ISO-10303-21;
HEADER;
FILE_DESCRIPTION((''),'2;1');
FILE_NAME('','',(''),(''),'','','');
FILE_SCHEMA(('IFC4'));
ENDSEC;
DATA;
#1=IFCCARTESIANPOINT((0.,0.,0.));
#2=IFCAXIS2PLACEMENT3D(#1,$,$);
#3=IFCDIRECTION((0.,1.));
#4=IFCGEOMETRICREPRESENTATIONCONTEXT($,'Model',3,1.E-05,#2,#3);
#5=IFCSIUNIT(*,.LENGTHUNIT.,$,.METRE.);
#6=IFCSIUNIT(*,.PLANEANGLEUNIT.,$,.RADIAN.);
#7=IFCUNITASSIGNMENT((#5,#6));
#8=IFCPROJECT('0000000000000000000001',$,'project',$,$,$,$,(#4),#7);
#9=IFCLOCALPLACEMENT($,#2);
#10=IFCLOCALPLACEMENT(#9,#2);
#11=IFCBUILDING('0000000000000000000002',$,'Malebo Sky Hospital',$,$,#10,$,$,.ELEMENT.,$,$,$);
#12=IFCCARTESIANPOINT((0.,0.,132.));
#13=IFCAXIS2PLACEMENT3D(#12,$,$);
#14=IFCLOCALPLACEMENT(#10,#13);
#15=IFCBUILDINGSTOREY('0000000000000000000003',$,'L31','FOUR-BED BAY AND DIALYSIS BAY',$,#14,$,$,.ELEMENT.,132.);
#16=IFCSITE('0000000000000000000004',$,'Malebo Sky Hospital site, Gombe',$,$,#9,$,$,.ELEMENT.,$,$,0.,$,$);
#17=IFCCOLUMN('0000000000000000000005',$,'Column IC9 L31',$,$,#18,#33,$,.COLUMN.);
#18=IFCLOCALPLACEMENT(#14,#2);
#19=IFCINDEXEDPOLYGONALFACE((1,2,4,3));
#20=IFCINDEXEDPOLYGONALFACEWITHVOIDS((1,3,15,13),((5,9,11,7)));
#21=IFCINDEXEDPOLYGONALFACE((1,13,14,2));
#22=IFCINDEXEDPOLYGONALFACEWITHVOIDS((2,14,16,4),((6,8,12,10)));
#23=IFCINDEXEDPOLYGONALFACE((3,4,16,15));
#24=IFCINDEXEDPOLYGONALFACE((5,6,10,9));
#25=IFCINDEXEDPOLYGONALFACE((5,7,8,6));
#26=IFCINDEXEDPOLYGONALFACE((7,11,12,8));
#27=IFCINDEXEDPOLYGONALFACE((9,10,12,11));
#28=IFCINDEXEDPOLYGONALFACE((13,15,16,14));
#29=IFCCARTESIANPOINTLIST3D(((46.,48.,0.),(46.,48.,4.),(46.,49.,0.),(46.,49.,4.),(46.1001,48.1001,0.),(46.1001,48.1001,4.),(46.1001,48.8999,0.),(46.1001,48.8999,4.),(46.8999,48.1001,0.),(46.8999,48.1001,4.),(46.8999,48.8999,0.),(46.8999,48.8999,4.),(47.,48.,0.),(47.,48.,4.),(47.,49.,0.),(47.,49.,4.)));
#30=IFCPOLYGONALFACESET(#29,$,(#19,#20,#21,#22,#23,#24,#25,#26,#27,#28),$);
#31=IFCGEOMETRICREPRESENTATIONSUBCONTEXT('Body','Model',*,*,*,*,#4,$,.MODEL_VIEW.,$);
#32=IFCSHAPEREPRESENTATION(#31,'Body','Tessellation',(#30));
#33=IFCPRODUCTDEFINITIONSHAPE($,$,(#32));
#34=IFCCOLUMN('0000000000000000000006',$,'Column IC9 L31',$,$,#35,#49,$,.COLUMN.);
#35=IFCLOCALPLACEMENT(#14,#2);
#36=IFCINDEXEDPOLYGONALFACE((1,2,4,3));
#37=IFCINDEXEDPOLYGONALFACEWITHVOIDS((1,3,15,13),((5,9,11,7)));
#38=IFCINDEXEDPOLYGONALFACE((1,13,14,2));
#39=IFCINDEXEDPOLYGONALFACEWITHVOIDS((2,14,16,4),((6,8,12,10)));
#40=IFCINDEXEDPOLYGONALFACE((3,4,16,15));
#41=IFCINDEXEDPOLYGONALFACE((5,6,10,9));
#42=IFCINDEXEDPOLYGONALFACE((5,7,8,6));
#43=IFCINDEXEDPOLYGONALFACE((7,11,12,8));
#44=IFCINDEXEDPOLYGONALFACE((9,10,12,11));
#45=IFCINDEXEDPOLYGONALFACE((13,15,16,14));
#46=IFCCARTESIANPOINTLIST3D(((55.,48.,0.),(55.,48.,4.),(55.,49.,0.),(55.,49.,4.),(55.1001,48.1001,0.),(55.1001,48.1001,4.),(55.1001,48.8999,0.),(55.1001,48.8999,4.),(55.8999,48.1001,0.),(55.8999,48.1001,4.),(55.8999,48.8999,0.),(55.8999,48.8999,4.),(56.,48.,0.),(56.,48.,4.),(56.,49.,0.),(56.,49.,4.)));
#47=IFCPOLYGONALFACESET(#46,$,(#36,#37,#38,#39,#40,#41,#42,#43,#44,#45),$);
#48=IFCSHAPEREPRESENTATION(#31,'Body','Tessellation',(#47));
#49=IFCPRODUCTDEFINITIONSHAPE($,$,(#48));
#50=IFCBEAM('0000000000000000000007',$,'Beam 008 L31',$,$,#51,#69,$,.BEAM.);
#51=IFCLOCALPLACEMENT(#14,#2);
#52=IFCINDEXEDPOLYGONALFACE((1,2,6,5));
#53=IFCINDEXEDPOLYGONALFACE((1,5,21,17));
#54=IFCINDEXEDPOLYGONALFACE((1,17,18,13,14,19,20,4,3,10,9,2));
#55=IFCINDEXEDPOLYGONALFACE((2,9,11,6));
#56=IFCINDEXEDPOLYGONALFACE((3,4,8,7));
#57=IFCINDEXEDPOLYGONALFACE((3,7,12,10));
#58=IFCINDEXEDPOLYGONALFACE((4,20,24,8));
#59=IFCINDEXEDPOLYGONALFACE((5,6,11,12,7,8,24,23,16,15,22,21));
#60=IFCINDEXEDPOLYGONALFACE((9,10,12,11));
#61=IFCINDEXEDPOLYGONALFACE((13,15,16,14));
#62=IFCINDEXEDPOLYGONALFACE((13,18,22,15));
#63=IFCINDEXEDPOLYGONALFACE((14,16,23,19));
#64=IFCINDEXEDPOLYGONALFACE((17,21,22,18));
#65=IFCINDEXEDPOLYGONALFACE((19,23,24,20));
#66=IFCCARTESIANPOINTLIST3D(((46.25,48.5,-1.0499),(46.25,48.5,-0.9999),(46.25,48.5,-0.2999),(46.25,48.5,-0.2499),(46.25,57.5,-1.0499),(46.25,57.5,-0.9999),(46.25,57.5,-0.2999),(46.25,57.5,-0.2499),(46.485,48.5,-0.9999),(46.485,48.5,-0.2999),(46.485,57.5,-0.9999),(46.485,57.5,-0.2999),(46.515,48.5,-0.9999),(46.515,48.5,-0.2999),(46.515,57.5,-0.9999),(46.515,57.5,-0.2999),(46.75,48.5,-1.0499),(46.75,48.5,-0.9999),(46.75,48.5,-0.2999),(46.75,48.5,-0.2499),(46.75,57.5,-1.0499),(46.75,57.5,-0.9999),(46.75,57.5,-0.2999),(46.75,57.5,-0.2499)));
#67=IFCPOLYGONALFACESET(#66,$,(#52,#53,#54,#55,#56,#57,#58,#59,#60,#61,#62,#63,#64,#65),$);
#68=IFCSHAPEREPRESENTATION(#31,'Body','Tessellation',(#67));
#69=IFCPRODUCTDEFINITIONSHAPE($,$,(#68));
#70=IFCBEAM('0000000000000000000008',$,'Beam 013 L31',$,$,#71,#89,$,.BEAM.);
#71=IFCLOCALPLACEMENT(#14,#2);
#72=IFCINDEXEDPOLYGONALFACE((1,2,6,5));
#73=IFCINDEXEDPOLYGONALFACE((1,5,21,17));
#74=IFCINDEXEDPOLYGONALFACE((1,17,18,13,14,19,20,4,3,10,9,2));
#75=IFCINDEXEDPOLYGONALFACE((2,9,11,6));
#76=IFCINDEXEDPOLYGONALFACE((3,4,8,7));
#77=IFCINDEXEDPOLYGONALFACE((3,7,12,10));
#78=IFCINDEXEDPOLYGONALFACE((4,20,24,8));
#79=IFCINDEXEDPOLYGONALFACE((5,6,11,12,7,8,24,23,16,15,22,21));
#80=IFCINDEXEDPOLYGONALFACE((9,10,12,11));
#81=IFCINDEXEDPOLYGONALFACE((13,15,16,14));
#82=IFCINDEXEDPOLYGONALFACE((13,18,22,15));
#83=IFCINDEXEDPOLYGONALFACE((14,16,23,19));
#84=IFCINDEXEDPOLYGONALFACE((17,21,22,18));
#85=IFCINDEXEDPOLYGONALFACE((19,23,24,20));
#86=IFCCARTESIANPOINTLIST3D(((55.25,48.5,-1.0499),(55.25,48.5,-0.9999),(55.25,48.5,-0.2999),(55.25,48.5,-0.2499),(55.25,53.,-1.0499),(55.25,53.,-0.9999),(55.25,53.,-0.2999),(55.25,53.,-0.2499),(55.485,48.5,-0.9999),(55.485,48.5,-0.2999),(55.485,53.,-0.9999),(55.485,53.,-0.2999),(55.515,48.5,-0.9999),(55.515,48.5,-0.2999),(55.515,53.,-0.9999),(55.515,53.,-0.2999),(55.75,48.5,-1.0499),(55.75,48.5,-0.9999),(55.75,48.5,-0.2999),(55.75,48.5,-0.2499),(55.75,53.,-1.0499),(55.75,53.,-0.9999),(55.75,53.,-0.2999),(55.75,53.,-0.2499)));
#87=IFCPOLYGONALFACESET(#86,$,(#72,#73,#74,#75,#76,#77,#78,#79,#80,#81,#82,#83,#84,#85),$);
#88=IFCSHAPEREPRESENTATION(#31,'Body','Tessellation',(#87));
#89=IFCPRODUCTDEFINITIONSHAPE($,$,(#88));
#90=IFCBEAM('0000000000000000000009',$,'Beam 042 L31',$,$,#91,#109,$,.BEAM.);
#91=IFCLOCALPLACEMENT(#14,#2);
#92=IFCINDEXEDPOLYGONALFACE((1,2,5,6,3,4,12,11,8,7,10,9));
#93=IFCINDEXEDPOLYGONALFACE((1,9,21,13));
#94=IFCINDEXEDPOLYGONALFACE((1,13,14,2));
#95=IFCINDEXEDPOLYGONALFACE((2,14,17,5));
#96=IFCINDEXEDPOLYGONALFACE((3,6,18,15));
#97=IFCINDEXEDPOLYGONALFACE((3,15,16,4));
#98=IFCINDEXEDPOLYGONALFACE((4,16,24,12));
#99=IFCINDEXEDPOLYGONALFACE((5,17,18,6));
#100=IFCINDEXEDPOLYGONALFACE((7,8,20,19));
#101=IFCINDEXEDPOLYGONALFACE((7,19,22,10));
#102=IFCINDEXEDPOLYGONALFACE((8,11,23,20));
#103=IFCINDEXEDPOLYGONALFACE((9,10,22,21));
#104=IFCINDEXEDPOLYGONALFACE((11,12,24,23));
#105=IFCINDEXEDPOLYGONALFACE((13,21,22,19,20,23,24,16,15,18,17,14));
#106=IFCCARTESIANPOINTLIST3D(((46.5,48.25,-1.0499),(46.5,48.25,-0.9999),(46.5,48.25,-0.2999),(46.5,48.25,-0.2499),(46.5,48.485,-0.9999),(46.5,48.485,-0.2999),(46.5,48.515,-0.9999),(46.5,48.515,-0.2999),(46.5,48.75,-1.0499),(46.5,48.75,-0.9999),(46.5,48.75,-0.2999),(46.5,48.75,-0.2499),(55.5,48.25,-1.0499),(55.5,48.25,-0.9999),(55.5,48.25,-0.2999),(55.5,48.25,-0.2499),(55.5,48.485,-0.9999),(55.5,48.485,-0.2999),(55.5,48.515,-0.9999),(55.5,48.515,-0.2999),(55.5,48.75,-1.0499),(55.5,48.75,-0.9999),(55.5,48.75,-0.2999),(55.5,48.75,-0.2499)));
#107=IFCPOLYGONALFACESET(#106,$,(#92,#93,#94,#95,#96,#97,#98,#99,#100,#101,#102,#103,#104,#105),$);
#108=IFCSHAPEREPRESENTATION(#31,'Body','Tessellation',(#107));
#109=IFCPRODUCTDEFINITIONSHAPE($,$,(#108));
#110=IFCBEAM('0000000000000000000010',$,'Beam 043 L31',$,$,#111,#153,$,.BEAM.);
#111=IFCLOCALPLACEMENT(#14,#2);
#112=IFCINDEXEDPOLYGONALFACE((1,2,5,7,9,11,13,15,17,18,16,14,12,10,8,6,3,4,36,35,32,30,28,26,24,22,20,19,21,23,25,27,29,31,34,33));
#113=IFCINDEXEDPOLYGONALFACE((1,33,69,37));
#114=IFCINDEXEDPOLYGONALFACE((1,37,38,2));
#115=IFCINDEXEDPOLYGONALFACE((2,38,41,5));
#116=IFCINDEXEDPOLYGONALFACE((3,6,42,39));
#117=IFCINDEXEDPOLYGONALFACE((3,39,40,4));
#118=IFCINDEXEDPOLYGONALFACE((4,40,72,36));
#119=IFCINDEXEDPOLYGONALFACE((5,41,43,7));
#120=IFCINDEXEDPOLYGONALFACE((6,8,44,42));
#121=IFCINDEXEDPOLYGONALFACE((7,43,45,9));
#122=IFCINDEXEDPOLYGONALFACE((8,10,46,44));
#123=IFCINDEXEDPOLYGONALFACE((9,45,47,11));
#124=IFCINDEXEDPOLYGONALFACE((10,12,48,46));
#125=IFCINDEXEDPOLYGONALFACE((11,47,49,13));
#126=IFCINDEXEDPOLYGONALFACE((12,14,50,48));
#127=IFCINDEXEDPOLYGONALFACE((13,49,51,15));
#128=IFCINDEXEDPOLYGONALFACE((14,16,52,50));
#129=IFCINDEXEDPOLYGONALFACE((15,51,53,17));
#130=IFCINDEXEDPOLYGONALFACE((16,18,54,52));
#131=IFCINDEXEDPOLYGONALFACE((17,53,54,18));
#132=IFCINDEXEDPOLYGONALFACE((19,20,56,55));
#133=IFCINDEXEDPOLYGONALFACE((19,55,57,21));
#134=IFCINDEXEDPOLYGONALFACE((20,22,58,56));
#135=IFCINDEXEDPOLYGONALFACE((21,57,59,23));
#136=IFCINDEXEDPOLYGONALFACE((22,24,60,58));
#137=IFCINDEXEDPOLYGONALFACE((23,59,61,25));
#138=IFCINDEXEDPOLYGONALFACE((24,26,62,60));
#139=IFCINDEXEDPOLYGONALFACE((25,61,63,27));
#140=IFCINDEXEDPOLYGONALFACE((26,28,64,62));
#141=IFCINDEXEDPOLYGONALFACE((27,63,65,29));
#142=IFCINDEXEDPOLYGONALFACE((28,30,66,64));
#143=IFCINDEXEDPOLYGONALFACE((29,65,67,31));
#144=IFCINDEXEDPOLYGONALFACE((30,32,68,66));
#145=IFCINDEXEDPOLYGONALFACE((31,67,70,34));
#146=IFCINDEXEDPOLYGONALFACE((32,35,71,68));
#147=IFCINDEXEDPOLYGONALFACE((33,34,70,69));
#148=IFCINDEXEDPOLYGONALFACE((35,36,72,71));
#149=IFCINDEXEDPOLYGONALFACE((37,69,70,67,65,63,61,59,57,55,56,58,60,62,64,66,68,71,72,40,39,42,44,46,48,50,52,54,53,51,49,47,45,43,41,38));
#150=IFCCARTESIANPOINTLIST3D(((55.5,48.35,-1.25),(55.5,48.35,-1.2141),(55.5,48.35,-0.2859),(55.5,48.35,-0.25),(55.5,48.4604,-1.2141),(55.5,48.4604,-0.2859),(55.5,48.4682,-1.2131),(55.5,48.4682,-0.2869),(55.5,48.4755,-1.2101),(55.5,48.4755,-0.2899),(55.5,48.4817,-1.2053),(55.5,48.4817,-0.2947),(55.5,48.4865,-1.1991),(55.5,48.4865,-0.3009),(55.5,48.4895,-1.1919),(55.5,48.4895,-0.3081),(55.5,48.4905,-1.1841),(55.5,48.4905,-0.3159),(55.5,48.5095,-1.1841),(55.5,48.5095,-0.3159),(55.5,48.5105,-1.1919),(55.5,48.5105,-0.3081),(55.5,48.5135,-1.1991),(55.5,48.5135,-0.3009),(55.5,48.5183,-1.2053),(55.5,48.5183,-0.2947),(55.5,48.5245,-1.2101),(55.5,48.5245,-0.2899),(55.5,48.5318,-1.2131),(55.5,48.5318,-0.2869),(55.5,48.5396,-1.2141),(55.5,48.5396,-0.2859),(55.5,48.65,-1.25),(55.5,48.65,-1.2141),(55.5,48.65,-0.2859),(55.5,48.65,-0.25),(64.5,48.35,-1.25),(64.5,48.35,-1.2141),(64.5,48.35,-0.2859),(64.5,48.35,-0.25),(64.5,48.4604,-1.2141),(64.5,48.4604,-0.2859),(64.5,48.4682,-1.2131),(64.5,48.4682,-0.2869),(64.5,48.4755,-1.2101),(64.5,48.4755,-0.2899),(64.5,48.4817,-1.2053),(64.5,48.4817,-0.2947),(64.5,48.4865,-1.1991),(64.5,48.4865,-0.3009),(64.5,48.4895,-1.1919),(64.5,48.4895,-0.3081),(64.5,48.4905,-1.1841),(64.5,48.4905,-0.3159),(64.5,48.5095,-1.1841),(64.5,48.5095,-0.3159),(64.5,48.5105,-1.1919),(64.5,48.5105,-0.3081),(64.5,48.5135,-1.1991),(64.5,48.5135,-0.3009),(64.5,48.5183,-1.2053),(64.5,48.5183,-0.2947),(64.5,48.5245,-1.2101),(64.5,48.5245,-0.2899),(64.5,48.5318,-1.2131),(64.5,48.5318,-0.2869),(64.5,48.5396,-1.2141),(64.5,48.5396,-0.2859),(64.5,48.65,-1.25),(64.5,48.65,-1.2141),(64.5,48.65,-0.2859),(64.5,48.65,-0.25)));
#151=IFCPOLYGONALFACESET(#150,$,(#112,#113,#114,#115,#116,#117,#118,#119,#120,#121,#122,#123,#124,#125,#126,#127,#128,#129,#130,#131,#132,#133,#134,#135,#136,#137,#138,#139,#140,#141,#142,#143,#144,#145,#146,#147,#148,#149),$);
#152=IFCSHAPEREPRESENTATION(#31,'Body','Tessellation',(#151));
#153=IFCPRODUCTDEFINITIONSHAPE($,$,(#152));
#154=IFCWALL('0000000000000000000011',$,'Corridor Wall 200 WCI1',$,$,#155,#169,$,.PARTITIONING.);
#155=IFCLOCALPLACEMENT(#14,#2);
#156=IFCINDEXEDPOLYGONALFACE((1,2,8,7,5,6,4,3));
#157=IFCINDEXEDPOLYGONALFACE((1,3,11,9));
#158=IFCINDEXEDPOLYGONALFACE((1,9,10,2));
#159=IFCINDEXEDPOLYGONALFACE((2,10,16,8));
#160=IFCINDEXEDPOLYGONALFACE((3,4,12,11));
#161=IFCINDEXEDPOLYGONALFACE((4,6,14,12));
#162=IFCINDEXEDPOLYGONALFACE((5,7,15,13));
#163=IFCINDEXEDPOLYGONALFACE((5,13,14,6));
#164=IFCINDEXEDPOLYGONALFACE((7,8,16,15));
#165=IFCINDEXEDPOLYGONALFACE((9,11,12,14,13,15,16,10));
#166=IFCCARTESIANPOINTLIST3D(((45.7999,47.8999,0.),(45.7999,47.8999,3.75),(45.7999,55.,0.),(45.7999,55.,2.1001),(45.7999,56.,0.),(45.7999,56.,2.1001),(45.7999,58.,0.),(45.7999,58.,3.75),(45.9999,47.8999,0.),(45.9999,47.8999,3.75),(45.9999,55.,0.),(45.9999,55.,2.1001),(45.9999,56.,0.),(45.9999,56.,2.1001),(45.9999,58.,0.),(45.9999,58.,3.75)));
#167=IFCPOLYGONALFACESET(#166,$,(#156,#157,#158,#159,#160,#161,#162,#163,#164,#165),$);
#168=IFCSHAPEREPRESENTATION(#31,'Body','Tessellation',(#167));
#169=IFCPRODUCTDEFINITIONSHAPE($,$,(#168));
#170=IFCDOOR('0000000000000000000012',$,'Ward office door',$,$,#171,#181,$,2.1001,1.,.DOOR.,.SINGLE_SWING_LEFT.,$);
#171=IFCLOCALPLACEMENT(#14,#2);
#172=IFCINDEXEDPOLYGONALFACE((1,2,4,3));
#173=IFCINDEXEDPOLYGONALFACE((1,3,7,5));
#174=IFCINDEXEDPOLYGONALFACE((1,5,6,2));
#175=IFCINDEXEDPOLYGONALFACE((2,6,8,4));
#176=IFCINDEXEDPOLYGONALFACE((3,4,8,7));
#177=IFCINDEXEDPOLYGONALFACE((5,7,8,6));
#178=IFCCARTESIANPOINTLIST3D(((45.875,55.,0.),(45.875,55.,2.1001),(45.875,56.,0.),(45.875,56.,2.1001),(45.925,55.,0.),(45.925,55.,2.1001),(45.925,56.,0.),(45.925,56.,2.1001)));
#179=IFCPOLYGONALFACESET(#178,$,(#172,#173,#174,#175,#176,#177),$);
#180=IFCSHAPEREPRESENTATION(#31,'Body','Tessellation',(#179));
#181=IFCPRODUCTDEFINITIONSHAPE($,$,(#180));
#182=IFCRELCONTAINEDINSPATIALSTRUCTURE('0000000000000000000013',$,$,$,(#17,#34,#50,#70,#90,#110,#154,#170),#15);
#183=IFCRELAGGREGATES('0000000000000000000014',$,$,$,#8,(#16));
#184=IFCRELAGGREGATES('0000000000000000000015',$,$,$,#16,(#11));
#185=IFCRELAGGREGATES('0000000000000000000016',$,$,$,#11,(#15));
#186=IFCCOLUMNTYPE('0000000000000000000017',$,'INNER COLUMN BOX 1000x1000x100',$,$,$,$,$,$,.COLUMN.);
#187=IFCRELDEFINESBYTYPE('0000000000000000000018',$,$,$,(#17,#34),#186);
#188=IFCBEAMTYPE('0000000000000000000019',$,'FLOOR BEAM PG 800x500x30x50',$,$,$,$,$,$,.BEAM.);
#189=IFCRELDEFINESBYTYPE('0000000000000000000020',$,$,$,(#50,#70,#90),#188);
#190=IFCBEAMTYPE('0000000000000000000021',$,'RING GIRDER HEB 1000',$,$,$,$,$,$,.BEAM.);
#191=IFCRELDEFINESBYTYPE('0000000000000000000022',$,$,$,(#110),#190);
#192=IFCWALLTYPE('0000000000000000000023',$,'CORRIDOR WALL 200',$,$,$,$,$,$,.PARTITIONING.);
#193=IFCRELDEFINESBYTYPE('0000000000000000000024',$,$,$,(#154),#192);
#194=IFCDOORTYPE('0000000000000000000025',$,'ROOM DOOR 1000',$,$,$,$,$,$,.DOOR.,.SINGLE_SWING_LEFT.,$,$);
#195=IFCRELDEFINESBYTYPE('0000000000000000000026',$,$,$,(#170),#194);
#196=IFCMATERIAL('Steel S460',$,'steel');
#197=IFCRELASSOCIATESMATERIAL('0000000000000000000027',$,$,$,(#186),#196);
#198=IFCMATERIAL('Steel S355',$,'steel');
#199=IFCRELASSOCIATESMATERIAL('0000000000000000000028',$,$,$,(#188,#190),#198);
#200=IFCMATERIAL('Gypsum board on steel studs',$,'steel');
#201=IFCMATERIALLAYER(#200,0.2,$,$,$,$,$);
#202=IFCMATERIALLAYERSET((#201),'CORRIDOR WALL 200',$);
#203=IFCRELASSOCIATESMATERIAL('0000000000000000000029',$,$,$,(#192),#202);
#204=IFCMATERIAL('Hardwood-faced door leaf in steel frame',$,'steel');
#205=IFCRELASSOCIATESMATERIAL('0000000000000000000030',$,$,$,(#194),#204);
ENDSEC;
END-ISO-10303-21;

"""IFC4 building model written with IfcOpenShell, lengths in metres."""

from ifc_helpers import new_model, si_unit, direction, frame, frame_2d, origin, origin_2d, place, context, subcontext, project, spatial, rectangle, hollow_rectangle, i_section, extrude, material, layer, layer_set, material_profile, profile_set, type_object, element, fill, save


model = new_model("IFC4")

# Units and contexts
model_context = context("Model", 3, precision=1e-05, world=origin(), true_north=direction((0.0, 1.0)))
body_context = subcontext(model_context, "Body", "Model", "MODEL_VIEW")
ifc_project = project(units=[si_unit("LENGTHUNIT", "METRE"), si_unit("PLANEANGLEUNIT", "RADIAN")], contexts=[model_context])

# Site, building, storey
site_placement = place(None, origin())
site = spatial("IfcSite", under=ifc_project, at=site_placement, Name="Malebo Sky Hospital site, Gombe", CompositionType="ELEMENT", RefElevation=0.0)
building_placement = place(site_placement, origin())
building = spatial("IfcBuilding", under=site, at=building_placement, Name="Malebo Sky Hospital", CompositionType="ELEMENT")
storey_placement = place(building_placement, frame((0.0, 0.0, 132.0)))
storey = spatial("IfcBuildingStorey", under=building, at=storey_placement, Name="L31", Description="FOUR-BED BAY AND DIALYSIS BAY", CompositionType="ELEMENT", Elevation=132.0)

# Columns
ifc_material_1 = material(Name="Steel S460", Category="steel")
ifc_material_profile_1 = material_profile(ifc_material_1, hollow_rectangle(XDim=1.0, YDim=1.0, WallThickness=0.1001, at=origin_2d()), Name="BOX 1000x1000x100")
ifc_profile_set_1 = profile_set([ifc_material_profile_1], Name="Steel S460")
column_type = type_object("IfcColumnType", Name="INNER COLUMN BOX 1000x1000x100", PredefinedType="COLUMN", material=ifc_profile_set_1)
for number, where, z_axis, x_axis, name in (
    (1, (46.5, 48.5, 0.0), (0.0, 0.0, 1.0), (1.0, 0.0, 0.0), "Column IC9 L31"),
    (2, (55.5, 48.5, 0.0), (0.0, 0.0, 1.0), (1.0, 0.0, 0.0), "Column IC9 L31"),
):
    element("IfcColumn", number, at=place(storey_placement, frame(where, z_axis=z_axis, x_axis=x_axis)), inside=storey, type_object=column_type, Name=name, PredefinedType="COLUMN", context=body_context, shape_type="SweptSolid", body=[
        extrude(hollow_rectangle(XDim=1.0, YDim=1.0, WallThickness=0.1001, at=origin_2d()), origin(), (0.0, 0.0, 1.0), 4.0),
    ])

# Beams
ifc_material_2 = material(Name="Steel S355", Category="steel")
ifc_material_profile_2 = material_profile(ifc_material_2, i_section(OverallWidth=0.5, OverallDepth=0.8, WebThickness=0.03, FlangeThickness=0.05, at=origin_2d()), Name="PG 800x500x30x50")
ifc_profile_set_2 = profile_set([ifc_material_profile_2], Name="Steel S355")
beam_type_1 = type_object("IfcBeamType", Name="FLOOR BEAM PG 800x500x30x50", PredefinedType="BEAM", material=ifc_profile_set_2)
beam_1_placement = place(storey_placement, frame((46.5, 48.5, -0.6499), z_axis=(0.0, 1.0, 0.0), x_axis=(-1.0, 0.0, 0.0)))
element("IfcBeam", 3, at=beam_1_placement, inside=storey, type_object=beam_type_1, Name="Beam 008 L31", PredefinedType="BEAM", context=body_context, shape_type="SweptSolid", body=[
    extrude(i_section(OverallWidth=0.5, OverallDepth=0.8, WebThickness=0.03, FlangeThickness=0.05, at=origin_2d()), origin(), (0.0, 0.0, 1.0), 9.0),
])
beam_2_placement = place(storey_placement, frame((55.5, 48.5, -0.6499), z_axis=(0.0, 1.0, 0.0), x_axis=(-1.0, 0.0, 0.0)))
element("IfcBeam", 4, at=beam_2_placement, inside=storey, type_object=beam_type_1, Name="Beam 013 L31", PredefinedType="BEAM", context=body_context, shape_type="SweptSolid", body=[
    extrude(i_section(OverallWidth=0.5, OverallDepth=0.8, WebThickness=0.03, FlangeThickness=0.05, at=origin_2d()), origin(), (0.0, 0.0, 1.0), 4.5),
])
beam_3_placement = place(storey_placement, frame((46.5, 48.5, -0.6499), z_axis=(1.0, 0.0, 0.0), x_axis=(0.0, 1.0, 0.0)))
element("IfcBeam", 5, at=beam_3_placement, inside=storey, type_object=beam_type_1, Name="Beam 042 L31", PredefinedType="BEAM", context=body_context, shape_type="SweptSolid", body=[
    extrude(i_section(OverallWidth=0.5, OverallDepth=0.8, WebThickness=0.03, FlangeThickness=0.05, at=origin_2d()), origin(), (0.0, 0.0, 1.0), 9.0),
])
ifc_material_profile_3 = material_profile(ifc_material_2, i_section(OverallWidth=0.3, OverallDepth=1.0, WebThickness=0.019, FlangeThickness=0.0359, FilletRadius=0.03, at=origin_2d()), Name="HEB 1000")
ifc_profile_set_3 = profile_set([ifc_material_profile_3], Name="Steel S355")
beam_type_2 = type_object("IfcBeamType", Name="RING GIRDER HEB 1000", PredefinedType="BEAM", material=ifc_profile_set_3)
beam_4_placement = place(storey_placement, frame((55.5, 48.5, -0.75), z_axis=(1.0, 0.0, 0.0), x_axis=(0.0, 1.0, 0.0)))
element("IfcBeam", 6, at=beam_4_placement, inside=storey, type_object=beam_type_2, Name="Beam 043 L31", PredefinedType="BEAM", context=body_context, shape_type="SweptSolid", body=[
    extrude(i_section(OverallWidth=0.3, OverallDepth=1.0, WebThickness=0.019, FlangeThickness=0.0359, FilletRadius=0.03, at=origin_2d()), origin(), (0.0, 0.0, 1.0), 9.0),
])

# Wall, opening, door
ifc_material_3 = material(Name="Gypsum board on steel studs", Category="steel")
ifc_layer_1 = layer(ifc_material_3, 0.2)
ifc_layer_set_1 = layer_set([ifc_layer_1], Name="CORRIDOR WALL 200")
wall_type_1 = type_object("IfcWallType", Name="CORRIDOR WALL 200", PredefinedType="PARTITIONING", material=ifc_layer_set_1)
wall_1_placement = place(storey_placement, frame((45.8999, 47.8999, 0.0), z_axis=(0.0, 0.0, 1.0), x_axis=(0.0, 1.0, 0.0)))
wall_1 = element("IfcWall", 7, at=wall_1_placement, inside=storey, type_object=wall_type_1, Name="Corridor Wall 200 WCI1", PredefinedType="PARTITIONING", context=body_context, shape_type="SweptSolid", body=[
    extrude(rectangle(XDim=10.1001, YDim=0.2, at=frame_2d((5.05, 0.0))), origin(), (0.0, 0.0, 1.0), 3.75),
])
opening_1_placement = place(wall_1_placement, frame((7.1001, 0.0, 0.0)))
opening_1 = element("IfcOpeningElement", 8, at=opening_1_placement, cuts=wall_1, PredefinedType="OPENING", context=body_context, shape_type="SweptSolid", body=[
    extrude(rectangle(XDim=1.0, YDim=2.1001, at=frame_2d((0.5, 1.05))), frame((0.0, 0.1099, 0.0), z_axis=(0.0, -1.0, 0.0), x_axis=(1.0, 0.0, 0.0)), (0.0, 0.0, 1.0), 0.22),
])
ifc_material_4 = material(Name="Hardwood-faced door leaf in steel frame", Category="steel")
door_type = type_object("IfcDoorType", Name="ROOM DOOR 1000", OperationType="SINGLE_SWING_LEFT", PredefinedType="DOOR", material=ifc_material_4)
door_1_placement = place(opening_1_placement, origin())
door_1 = element("IfcDoor", 9, at=door_1_placement, inside=storey, type_object=door_type, Name="Ward office door", OperationType="SINGLE_SWING_LEFT", OverallHeight=2.1001, OverallWidth=1.0, PredefinedType="DOOR", context=body_context, shape_type="SweptSolid", body=[
    extrude(rectangle(XDim=1.0, YDim=2.1001, at=frame_2d((0.5, 1.05))), frame((0.0, 0.0249, 0.0), z_axis=(0.0, -1.0, 0.0), x_axis=(1.0, 0.0, 0.0)), (0.0, 0.0, 1.0), 0.05),
])
fill(opening_1, door_1)

save(model, "model.ifc")
